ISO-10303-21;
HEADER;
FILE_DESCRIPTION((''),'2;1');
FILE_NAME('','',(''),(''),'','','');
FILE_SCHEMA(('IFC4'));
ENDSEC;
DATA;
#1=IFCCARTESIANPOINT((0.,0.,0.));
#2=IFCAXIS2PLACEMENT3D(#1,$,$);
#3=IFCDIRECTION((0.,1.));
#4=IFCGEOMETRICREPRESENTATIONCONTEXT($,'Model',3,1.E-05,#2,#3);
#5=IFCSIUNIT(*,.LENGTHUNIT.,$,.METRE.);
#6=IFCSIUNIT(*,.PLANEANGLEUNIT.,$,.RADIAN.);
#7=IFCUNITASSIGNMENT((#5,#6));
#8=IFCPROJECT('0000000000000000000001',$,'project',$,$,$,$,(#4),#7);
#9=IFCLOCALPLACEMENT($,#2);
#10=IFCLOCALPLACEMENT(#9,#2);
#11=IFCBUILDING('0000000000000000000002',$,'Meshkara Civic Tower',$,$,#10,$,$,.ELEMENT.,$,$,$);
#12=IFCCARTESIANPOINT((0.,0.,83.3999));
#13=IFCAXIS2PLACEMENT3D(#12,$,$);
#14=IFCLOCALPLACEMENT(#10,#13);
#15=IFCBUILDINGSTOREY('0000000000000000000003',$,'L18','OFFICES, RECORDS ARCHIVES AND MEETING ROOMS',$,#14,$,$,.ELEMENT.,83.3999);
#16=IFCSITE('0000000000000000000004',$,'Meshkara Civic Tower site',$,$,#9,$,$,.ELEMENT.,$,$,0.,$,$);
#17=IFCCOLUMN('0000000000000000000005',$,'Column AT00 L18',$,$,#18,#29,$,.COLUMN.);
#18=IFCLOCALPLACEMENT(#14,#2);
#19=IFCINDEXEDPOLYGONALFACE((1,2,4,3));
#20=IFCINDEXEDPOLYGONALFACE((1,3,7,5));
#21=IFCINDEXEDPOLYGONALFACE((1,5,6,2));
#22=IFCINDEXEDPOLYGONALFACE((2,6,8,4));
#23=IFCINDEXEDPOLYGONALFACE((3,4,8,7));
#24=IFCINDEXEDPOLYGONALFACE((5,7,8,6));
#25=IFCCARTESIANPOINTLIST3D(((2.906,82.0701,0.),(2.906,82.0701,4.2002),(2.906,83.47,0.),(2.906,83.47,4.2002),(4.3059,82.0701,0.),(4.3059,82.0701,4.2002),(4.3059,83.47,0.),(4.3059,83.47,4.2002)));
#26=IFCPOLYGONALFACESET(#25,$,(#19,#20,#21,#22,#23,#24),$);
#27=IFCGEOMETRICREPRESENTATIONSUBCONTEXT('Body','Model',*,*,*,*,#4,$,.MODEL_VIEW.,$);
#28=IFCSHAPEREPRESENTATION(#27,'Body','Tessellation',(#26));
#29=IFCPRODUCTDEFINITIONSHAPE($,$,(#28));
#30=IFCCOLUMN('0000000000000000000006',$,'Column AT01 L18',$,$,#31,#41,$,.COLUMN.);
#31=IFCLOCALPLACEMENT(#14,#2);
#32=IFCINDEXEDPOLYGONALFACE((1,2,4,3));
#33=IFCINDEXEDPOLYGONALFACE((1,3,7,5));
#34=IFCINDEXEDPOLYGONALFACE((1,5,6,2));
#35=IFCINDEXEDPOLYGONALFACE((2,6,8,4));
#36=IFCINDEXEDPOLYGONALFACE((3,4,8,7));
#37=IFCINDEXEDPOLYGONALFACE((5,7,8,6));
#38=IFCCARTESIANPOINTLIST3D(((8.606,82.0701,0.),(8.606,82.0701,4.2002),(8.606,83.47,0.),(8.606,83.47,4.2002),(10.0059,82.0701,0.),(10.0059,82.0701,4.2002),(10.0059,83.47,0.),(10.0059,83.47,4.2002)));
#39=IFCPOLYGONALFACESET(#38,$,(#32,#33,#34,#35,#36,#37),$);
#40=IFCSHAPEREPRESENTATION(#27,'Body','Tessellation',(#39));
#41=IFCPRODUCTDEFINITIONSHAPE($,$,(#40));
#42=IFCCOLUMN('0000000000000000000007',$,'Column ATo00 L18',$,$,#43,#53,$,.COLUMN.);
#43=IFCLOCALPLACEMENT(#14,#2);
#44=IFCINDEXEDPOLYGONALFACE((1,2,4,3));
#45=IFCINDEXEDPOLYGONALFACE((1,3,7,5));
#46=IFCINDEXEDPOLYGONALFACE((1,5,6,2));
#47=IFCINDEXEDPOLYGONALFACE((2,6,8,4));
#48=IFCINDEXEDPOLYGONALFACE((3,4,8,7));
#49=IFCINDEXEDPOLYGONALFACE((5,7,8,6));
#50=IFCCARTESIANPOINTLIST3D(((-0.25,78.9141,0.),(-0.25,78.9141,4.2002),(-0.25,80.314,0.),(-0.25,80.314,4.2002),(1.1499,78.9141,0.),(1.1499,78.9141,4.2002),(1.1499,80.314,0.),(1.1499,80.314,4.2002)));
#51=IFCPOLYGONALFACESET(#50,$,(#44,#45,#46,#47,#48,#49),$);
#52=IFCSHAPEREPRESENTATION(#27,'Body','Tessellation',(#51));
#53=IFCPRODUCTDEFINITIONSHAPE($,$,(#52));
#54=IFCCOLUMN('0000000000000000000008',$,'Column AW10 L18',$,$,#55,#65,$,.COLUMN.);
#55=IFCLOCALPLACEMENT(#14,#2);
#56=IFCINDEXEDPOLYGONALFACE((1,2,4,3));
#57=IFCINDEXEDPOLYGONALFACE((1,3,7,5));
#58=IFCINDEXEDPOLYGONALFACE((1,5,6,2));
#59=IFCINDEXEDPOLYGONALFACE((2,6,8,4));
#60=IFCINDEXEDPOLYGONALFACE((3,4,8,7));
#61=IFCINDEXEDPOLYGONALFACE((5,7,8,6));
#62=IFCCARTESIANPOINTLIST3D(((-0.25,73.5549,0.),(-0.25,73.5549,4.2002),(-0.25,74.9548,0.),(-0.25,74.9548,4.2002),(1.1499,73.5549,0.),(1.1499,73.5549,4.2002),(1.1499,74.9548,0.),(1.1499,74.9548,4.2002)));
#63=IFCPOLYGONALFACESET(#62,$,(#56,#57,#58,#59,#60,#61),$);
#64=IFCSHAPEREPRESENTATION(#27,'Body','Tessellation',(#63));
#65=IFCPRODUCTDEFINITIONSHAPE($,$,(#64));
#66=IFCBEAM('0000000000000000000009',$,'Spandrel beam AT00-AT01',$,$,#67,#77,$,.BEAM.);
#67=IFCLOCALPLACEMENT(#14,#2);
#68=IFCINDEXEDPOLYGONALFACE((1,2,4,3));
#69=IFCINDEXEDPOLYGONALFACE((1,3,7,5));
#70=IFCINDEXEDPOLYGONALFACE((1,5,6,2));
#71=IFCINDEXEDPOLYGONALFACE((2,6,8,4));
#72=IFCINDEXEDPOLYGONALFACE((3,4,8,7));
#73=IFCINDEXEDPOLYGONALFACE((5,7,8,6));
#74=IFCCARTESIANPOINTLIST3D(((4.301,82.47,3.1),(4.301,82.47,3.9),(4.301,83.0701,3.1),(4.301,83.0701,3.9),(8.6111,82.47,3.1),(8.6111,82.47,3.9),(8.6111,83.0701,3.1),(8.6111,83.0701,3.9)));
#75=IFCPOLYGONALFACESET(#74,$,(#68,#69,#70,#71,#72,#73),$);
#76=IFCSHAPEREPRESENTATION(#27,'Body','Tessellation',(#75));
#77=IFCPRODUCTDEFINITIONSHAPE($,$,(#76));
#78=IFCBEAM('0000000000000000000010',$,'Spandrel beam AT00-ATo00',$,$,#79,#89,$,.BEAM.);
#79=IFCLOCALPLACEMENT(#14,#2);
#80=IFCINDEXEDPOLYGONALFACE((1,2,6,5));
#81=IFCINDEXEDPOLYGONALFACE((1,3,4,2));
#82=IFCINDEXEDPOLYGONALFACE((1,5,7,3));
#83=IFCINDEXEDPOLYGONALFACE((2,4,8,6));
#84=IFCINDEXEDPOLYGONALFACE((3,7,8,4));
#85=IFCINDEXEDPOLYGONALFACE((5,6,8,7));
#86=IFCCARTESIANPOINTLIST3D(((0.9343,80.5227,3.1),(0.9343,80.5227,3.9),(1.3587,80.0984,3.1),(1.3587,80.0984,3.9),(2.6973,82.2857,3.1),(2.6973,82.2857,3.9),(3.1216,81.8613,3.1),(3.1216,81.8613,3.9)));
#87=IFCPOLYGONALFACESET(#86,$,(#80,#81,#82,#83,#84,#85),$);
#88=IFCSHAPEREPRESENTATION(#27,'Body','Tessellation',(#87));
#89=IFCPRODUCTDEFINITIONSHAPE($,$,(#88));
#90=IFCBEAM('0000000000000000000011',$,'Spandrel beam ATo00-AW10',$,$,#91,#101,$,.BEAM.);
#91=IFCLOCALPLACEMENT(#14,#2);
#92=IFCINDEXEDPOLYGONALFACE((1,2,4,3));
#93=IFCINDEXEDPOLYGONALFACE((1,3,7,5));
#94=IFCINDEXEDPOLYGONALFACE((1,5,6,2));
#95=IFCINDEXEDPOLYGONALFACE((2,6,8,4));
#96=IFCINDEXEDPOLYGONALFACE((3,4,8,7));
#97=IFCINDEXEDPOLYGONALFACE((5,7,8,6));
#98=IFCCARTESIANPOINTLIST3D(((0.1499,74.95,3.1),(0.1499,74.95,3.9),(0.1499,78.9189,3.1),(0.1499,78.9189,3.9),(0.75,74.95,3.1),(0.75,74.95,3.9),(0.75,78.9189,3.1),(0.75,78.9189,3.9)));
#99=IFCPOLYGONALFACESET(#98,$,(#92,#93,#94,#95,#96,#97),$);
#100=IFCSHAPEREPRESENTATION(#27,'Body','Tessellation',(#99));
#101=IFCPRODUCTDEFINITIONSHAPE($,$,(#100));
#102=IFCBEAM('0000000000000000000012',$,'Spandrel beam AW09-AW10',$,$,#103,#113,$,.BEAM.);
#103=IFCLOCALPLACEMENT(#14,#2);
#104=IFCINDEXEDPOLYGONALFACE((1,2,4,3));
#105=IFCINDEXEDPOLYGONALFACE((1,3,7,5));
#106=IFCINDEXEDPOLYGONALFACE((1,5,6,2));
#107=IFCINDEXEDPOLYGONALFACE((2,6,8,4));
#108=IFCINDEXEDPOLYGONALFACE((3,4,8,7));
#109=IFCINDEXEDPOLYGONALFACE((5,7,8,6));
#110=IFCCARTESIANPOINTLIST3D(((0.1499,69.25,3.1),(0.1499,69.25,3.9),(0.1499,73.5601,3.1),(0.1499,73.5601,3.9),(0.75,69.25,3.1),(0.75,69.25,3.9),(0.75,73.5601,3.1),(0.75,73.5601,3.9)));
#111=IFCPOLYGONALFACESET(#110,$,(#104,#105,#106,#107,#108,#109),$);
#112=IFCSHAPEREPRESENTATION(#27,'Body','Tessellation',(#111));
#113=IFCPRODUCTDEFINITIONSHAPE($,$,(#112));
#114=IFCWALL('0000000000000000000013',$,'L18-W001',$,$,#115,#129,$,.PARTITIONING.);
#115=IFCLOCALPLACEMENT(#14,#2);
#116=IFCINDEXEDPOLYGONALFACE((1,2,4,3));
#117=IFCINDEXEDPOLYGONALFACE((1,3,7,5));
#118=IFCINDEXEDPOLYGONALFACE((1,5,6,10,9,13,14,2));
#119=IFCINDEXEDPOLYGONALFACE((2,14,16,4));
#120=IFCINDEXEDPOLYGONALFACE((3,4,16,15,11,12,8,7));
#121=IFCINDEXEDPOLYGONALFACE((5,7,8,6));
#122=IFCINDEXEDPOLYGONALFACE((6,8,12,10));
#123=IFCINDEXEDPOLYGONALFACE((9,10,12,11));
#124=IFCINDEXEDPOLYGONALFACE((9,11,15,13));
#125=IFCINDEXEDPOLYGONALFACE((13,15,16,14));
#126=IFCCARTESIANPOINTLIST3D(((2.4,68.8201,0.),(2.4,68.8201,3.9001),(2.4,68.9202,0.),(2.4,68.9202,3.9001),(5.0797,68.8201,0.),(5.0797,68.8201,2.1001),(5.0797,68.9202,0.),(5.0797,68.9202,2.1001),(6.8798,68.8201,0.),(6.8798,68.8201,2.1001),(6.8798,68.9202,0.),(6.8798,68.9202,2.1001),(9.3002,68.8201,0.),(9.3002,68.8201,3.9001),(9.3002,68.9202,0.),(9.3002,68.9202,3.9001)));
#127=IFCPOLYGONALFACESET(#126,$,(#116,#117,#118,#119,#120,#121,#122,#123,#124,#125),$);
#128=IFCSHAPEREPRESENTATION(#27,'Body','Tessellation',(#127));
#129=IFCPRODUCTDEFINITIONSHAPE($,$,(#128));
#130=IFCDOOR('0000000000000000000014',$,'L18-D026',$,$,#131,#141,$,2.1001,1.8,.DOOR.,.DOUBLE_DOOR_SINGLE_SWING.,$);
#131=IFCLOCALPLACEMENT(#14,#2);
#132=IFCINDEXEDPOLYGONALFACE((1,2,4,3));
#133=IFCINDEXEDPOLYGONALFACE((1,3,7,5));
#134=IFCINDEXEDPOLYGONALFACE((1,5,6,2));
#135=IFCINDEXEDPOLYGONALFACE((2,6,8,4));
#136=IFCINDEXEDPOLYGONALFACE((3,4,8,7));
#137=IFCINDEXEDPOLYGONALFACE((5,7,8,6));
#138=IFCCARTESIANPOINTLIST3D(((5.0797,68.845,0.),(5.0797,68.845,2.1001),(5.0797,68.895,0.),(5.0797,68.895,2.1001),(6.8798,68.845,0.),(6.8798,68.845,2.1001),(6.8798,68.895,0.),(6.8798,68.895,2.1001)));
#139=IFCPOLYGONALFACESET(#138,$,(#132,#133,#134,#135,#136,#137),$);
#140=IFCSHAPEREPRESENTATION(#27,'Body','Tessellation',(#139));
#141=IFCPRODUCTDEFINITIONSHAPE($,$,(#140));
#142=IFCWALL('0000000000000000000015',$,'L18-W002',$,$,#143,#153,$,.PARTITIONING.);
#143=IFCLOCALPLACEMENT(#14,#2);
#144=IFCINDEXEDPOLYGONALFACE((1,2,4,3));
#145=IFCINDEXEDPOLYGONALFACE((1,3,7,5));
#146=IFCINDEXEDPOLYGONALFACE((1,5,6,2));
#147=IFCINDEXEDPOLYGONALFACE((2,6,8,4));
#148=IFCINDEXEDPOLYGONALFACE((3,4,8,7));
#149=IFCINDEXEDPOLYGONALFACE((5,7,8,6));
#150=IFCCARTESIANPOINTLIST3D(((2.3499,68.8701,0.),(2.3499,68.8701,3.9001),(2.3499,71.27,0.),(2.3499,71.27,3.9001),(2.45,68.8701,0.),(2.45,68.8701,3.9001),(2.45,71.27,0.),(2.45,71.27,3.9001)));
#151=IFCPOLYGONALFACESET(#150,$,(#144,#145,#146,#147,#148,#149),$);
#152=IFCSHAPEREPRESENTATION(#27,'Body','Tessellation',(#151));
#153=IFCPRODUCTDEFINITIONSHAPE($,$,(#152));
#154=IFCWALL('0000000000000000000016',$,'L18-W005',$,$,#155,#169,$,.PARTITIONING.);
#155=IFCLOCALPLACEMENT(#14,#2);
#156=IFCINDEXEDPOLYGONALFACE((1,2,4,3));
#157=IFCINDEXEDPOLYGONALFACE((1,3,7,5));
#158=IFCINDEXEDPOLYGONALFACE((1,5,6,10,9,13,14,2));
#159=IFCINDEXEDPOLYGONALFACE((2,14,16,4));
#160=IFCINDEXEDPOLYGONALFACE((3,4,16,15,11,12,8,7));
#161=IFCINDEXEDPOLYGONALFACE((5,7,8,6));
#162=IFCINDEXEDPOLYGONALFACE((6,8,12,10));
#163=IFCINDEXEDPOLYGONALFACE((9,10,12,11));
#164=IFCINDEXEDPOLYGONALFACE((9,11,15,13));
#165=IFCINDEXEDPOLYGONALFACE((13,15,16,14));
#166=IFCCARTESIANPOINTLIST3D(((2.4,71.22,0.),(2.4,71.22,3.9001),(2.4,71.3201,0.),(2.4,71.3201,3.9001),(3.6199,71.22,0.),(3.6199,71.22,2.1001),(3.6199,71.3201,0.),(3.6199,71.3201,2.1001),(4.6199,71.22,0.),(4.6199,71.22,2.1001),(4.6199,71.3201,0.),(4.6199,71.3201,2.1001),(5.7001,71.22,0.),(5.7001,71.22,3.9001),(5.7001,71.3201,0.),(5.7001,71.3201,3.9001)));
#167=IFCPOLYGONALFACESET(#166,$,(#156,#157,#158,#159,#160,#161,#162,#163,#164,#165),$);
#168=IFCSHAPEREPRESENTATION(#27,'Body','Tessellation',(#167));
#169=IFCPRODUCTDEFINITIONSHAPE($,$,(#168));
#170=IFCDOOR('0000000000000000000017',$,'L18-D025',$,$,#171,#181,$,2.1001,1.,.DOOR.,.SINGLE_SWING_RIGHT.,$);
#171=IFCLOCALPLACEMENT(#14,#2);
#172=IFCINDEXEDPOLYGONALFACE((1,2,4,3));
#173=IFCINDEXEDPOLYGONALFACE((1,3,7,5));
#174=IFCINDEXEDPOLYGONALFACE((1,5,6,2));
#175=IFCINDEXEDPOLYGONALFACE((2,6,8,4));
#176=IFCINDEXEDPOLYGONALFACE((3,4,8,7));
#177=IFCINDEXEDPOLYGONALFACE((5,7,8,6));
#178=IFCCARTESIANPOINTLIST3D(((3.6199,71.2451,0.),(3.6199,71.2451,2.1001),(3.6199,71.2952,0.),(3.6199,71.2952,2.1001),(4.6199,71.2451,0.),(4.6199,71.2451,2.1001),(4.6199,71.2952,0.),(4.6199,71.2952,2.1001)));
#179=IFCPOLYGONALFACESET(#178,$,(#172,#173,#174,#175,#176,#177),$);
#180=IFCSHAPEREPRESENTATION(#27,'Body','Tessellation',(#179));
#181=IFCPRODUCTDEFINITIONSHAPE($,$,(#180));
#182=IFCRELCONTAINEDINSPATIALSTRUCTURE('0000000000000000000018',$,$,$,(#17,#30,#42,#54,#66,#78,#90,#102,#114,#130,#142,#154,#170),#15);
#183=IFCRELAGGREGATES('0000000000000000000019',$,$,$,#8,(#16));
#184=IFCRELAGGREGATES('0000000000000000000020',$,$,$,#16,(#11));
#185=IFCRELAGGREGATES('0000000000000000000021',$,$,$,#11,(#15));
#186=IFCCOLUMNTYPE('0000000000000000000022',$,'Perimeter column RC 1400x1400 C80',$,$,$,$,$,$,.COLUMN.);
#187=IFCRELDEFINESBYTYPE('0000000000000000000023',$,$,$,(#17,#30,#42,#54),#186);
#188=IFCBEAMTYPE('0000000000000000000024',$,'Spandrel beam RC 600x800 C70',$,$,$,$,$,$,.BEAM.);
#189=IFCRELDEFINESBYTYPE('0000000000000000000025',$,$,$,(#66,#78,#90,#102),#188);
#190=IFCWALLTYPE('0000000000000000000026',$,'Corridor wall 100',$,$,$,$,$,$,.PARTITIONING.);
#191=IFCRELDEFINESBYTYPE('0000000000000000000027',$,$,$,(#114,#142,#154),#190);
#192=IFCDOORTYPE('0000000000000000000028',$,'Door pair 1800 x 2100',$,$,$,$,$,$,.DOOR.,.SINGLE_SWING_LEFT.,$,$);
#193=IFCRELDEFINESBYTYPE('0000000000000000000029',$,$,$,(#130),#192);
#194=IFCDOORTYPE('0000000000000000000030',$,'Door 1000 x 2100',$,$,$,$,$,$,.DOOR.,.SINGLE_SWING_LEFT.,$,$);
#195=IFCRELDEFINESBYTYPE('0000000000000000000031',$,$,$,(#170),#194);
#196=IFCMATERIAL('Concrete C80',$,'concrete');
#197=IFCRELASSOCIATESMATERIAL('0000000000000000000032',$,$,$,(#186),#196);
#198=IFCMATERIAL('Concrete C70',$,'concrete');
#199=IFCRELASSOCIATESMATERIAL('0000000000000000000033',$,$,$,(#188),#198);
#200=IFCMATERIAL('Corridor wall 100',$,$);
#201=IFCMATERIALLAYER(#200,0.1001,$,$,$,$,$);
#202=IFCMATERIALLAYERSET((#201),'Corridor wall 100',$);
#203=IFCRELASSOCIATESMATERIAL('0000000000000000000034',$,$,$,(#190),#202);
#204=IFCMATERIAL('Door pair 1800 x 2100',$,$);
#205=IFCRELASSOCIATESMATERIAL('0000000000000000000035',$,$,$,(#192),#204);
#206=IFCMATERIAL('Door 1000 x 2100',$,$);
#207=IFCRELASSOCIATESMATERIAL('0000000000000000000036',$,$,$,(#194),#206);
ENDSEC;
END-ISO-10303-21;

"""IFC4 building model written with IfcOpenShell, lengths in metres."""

from ifc_helpers import new_model, si_unit, direction, frame, frame_2d, origin, origin_2d, place, context, subcontext, project, spatial, rectangle, extrude, material, layer, layer_set, material_profile, profile_set, type_object, element, fill, save


model = new_model("IFC4")

# Units and contexts
model_context = context("Model", 3, precision=1e-05, world=origin(), true_north=direction((0.0, 1.0)))
body_context = subcontext(model_context, "Body", "Model", "MODEL_VIEW")
ifc_project = project(units=[si_unit("LENGTHUNIT", "METRE"), si_unit("PLANEANGLEUNIT", "RADIAN")], contexts=[model_context])

# Site, building, storey
site_placement = place(None, origin())
site = spatial("IfcSite", under=ifc_project, at=site_placement, Name="Meshkara Civic Tower site", CompositionType="ELEMENT", RefElevation=0.0)
building_placement = place(site_placement, origin())
building = spatial("IfcBuilding", under=site, at=building_placement, Name="Meshkara Civic Tower", CompositionType="ELEMENT")
storey_placement = place(building_placement, frame((0.0, 0.0, 83.3999)))
storey = spatial("IfcBuildingStorey", under=building, at=storey_placement, Name="L18", Description="OFFICES, RECORDS ARCHIVES AND MEETING ROOMS", CompositionType="ELEMENT", Elevation=83.3999)

# Columns
ifc_material_1 = material(Name="Concrete C80", Category="concrete")
ifc_material_profile_1 = material_profile(ifc_material_1, rectangle(XDim=1.3999, YDim=1.3999, at=origin_2d()))
ifc_profile_set_1 = profile_set([ifc_material_profile_1], Name="Concrete C80")
column_type = type_object("IfcColumnType", Name="Perimeter column RC 1400x1400 C80", PredefinedType="COLUMN", material=ifc_profile_set_1)
for number, where, z_axis, x_axis, name in (
    (1, (3.606, 82.77, 0.0), (0.0, 0.0, 1.0), (1.0, 0.0, 0.0), "Column AT00 L18"),
    (2, (9.3059, 82.77, 0.0), (0.0, 0.0, 1.0), (1.0, 0.0, 0.0), "Column AT01 L18"),
    (3, (0.45, 79.614, 0.0), (0.0, 0.0, 1.0), (1.0, 0.0, 0.0), "Column ATo00 L18"),
    (4, (0.45, 74.2549, 0.0), (0.0, 0.0, 1.0), (1.0, 0.0, 0.0), "Column AW10 L18"),
):
    element("IfcColumn", number, at=place(storey_placement, frame(where, z_axis=z_axis, x_axis=x_axis)), inside=storey, type_object=column_type, Name=name, PredefinedType="COLUMN", context=body_context, shape_type="SweptSolid", body=[
        extrude(rectangle(XDim=1.3999, YDim=1.3999, at=origin_2d()), origin(), (0.0, 0.0, 1.0), 4.2002),
    ])

# Beams
ifc_material_2 = material(Name="Concrete C70", Category="concrete")
ifc_material_profile_2 = material_profile(ifc_material_2, rectangle(XDim=0.6001, YDim=0.8, at=origin_2d()))
ifc_profile_set_2 = profile_set([ifc_material_profile_2], Name="Concrete C70")
beam_type = type_object("IfcBeamType", Name="Spandrel beam RC 600x800 C70", PredefinedType="BEAM", material=ifc_profile_set_2)
beam_1_placement = place(storey_placement, frame((8.6111, 82.77, 3.5), z_axis=(-1.0, 0.0, 0.0), x_axis=(0.0, -1.0, 0.0)))
element("IfcBeam", 5, at=beam_1_placement, inside=storey, type_object=beam_type, Name="Spandrel beam AT00-AT01", PredefinedType="BEAM", context=body_context, shape_type="SweptSolid", body=[
    extrude(rectangle(XDim=0.6001, YDim=0.8, at=origin_2d()), origin(), (0.0, 0.0, 1.0), 4.3101),
])
beam_2_placement = place(storey_placement, frame((2.9094, 82.0735, 3.5), z_axis=(-0.707107, -0.707107, 0.0), x_axis=(0.707107, -0.707107, 0.0)))
element("IfcBeam", 6, at=beam_2_placement, inside=storey, type_object=beam_type, Name="Spandrel beam AT00-ATo00", PredefinedType="BEAM", context=body_context, shape_type="SweptSolid", body=[
    extrude(rectangle(XDim=0.6001, YDim=0.8, at=origin_2d()), origin(), (0.0, 0.0, 1.0), 2.4932),
])
beam_3_placement = place(storey_placement, frame((0.45, 78.9189, 3.5), z_axis=(0.0, -1.0, 0.0), x_axis=(1.0, 0.0, 0.0)))
element("IfcBeam", 7, at=beam_3_placement, inside=storey, type_object=beam_type, Name="Spandrel beam ATo00-AW10", PredefinedType="BEAM", context=body_context, shape_type="SweptSolid", body=[
    extrude(rectangle(XDim=0.6001, YDim=0.8, at=origin_2d()), origin(), (0.0, 0.0, 1.0), 3.969),
])
beam_4_placement = place(storey_placement, frame((0.45, 73.5601, 3.5), z_axis=(0.0, -1.0, 0.0), x_axis=(1.0, 0.0, 0.0)))
element("IfcBeam", 8, at=beam_4_placement, inside=storey, type_object=beam_type, Name="Spandrel beam AW09-AW10", PredefinedType="BEAM", context=body_context, shape_type="SweptSolid", body=[
    extrude(rectangle(XDim=0.6001, YDim=0.8, at=origin_2d()), origin(), (0.0, 0.0, 1.0), 4.3101),
])

# Wall, opening, door
ifc_material_3 = material(Name="Corridor wall 100")
ifc_layer_1 = layer(ifc_material_3, 0.1001)
ifc_layer_set_1 = layer_set([ifc_layer_1], Name="Corridor wall 100")
wall_type_1 = type_object("IfcWallType", Name="Corridor wall 100", PredefinedType="PARTITIONING", material=ifc_layer_set_1)
wall_1_placement = place(storey_placement, frame((2.3999, 68.8701, 0.0), z_axis=(0.0, 0.0, 1.0), x_axis=(1.0, 0.0, 0.0)))
wall_1 = element("IfcWall", 9, at=wall_1_placement, inside=storey, type_object=wall_type_1, Name="L18-W001", PredefinedType="PARTITIONING", context=body_context, shape_type="SweptSolid", body=[
    extrude(rectangle(XDim=6.9001, YDim=0.1001, at=frame_2d((3.4502, 0.0))), origin(), (0.0, 0.0, 1.0), 3.9001),
])
opening_1_placement = place(wall_1_placement, frame((2.6799, 0.0, 0.0)))
opening_1 = element("IfcOpeningElement", 10, at=opening_1_placement, cuts=wall_1, PredefinedType="OPENING", context=body_context, shape_type="SweptSolid", body=[
    extrude(rectangle(XDim=1.8, YDim=2.1001, at=frame_2d((0.8999, 1.05))), frame((0.0, 0.0601, 0.0), z_axis=(0.0, -1.0, 0.0), x_axis=(1.0, 0.0, 0.0)), (0.0, 0.0, 1.0), 0.1201),
])
ifc_material_4 = material(Name="Door pair 1800 x 2100")
door_type_1 = type_object("IfcDoorType", Name="Door pair 1800 x 2100", OperationType="SINGLE_SWING_LEFT", PredefinedType="DOOR", material=ifc_material_4)
door_1_placement = place(opening_1_placement, origin())
door_1 = element("IfcDoor", 11, at=door_1_placement, inside=storey, type_object=door_type_1, Name="L18-D026", OperationType="DOUBLE_DOOR_SINGLE_SWING", OverallHeight=2.1001, OverallWidth=1.8, PredefinedType="DOOR", context=body_context, shape_type="SweptSolid", body=[
    extrude(rectangle(XDim=1.8, YDim=2.1001, at=frame_2d((0.8999, 1.05))), frame((0.0, 0.0249, 0.0), z_axis=(0.0, -1.0, 0.0), x_axis=(1.0, 0.0, 0.0)), (0.0, 0.0, 1.0), 0.05),
])
fill(opening_1, door_1)

# Wall
wall_2_placement = place(storey_placement, frame((2.3999, 71.27, 0.0), z_axis=(0.0, 0.0, 1.0), x_axis=(0.0, -1.0, 0.0)))
element("IfcWall", 12, at=wall_2_placement, inside=storey, type_object=wall_type_1, Name="L18-W002", PredefinedType="PARTITIONING", context=body_context, shape_type="SweptSolid", body=[
    extrude(rectangle(XDim=2.3999, YDim=0.1001, at=frame_2d((1.2, 0.0))), origin(), (0.0, 0.0, 1.0), 3.9001),
])

# Wall, opening, door
wall_3_placement = place(storey_placement, frame((5.7, 71.27, 0.0), z_axis=(0.0, 0.0, 1.0), x_axis=(-1.0, 0.0, 0.0)))
wall_3 = element("IfcWall", 13, at=wall_3_placement, inside=storey, type_object=wall_type_1, Name="L18-W005", PredefinedType="PARTITIONING", context=body_context, shape_type="SweptSolid", body=[
    extrude(rectangle(XDim=3.3, YDim=0.1001, at=frame_2d((1.6499, 0.0))), origin(), (0.0, 0.0, 1.0), 3.9001),
])
opening_2_placement = place(wall_3_placement, frame((1.0801, 0.0, 0.0)))
opening_2 = element("IfcOpeningElement", 14, at=opening_2_placement, cuts=wall_3, PredefinedType="OPENING", context=body_context, shape_type="SweptSolid", body=[
    extrude(rectangle(XDim=1.0, YDim=2.1001, at=frame_2d((0.5, 1.05))), frame((0.0, 0.0601, 0.0), z_axis=(0.0, -1.0, 0.0), x_axis=(1.0, 0.0, 0.0)), (0.0, 0.0, 1.0), 0.1201),
])
ifc_material_5 = material(Name="Door 1000 x 2100")
door_type_2 = type_object("IfcDoorType", Name="Door 1000 x 2100", OperationType="SINGLE_SWING_LEFT", PredefinedType="DOOR", material=ifc_material_5)
door_2_placement = place(opening_2_placement, origin())
door_2 = element("IfcDoor", 15, at=door_2_placement, inside=storey, type_object=door_type_2, Name="L18-D025", OperationType="SINGLE_SWING_RIGHT", OverallHeight=2.1001, OverallWidth=1.0, PredefinedType="DOOR", context=body_context, shape_type="SweptSolid", body=[
    extrude(rectangle(XDim=1.0, YDim=2.1001, at=frame_2d((0.5, 1.05))), frame((0.0, 0.0249, 0.0), z_axis=(0.0, -1.0, 0.0), x_axis=(1.0, 0.0, 0.0)), (0.0, 0.0, 1.0), 0.05),
])
fill(opening_2, door_2)

save(model, "model.ifc")
